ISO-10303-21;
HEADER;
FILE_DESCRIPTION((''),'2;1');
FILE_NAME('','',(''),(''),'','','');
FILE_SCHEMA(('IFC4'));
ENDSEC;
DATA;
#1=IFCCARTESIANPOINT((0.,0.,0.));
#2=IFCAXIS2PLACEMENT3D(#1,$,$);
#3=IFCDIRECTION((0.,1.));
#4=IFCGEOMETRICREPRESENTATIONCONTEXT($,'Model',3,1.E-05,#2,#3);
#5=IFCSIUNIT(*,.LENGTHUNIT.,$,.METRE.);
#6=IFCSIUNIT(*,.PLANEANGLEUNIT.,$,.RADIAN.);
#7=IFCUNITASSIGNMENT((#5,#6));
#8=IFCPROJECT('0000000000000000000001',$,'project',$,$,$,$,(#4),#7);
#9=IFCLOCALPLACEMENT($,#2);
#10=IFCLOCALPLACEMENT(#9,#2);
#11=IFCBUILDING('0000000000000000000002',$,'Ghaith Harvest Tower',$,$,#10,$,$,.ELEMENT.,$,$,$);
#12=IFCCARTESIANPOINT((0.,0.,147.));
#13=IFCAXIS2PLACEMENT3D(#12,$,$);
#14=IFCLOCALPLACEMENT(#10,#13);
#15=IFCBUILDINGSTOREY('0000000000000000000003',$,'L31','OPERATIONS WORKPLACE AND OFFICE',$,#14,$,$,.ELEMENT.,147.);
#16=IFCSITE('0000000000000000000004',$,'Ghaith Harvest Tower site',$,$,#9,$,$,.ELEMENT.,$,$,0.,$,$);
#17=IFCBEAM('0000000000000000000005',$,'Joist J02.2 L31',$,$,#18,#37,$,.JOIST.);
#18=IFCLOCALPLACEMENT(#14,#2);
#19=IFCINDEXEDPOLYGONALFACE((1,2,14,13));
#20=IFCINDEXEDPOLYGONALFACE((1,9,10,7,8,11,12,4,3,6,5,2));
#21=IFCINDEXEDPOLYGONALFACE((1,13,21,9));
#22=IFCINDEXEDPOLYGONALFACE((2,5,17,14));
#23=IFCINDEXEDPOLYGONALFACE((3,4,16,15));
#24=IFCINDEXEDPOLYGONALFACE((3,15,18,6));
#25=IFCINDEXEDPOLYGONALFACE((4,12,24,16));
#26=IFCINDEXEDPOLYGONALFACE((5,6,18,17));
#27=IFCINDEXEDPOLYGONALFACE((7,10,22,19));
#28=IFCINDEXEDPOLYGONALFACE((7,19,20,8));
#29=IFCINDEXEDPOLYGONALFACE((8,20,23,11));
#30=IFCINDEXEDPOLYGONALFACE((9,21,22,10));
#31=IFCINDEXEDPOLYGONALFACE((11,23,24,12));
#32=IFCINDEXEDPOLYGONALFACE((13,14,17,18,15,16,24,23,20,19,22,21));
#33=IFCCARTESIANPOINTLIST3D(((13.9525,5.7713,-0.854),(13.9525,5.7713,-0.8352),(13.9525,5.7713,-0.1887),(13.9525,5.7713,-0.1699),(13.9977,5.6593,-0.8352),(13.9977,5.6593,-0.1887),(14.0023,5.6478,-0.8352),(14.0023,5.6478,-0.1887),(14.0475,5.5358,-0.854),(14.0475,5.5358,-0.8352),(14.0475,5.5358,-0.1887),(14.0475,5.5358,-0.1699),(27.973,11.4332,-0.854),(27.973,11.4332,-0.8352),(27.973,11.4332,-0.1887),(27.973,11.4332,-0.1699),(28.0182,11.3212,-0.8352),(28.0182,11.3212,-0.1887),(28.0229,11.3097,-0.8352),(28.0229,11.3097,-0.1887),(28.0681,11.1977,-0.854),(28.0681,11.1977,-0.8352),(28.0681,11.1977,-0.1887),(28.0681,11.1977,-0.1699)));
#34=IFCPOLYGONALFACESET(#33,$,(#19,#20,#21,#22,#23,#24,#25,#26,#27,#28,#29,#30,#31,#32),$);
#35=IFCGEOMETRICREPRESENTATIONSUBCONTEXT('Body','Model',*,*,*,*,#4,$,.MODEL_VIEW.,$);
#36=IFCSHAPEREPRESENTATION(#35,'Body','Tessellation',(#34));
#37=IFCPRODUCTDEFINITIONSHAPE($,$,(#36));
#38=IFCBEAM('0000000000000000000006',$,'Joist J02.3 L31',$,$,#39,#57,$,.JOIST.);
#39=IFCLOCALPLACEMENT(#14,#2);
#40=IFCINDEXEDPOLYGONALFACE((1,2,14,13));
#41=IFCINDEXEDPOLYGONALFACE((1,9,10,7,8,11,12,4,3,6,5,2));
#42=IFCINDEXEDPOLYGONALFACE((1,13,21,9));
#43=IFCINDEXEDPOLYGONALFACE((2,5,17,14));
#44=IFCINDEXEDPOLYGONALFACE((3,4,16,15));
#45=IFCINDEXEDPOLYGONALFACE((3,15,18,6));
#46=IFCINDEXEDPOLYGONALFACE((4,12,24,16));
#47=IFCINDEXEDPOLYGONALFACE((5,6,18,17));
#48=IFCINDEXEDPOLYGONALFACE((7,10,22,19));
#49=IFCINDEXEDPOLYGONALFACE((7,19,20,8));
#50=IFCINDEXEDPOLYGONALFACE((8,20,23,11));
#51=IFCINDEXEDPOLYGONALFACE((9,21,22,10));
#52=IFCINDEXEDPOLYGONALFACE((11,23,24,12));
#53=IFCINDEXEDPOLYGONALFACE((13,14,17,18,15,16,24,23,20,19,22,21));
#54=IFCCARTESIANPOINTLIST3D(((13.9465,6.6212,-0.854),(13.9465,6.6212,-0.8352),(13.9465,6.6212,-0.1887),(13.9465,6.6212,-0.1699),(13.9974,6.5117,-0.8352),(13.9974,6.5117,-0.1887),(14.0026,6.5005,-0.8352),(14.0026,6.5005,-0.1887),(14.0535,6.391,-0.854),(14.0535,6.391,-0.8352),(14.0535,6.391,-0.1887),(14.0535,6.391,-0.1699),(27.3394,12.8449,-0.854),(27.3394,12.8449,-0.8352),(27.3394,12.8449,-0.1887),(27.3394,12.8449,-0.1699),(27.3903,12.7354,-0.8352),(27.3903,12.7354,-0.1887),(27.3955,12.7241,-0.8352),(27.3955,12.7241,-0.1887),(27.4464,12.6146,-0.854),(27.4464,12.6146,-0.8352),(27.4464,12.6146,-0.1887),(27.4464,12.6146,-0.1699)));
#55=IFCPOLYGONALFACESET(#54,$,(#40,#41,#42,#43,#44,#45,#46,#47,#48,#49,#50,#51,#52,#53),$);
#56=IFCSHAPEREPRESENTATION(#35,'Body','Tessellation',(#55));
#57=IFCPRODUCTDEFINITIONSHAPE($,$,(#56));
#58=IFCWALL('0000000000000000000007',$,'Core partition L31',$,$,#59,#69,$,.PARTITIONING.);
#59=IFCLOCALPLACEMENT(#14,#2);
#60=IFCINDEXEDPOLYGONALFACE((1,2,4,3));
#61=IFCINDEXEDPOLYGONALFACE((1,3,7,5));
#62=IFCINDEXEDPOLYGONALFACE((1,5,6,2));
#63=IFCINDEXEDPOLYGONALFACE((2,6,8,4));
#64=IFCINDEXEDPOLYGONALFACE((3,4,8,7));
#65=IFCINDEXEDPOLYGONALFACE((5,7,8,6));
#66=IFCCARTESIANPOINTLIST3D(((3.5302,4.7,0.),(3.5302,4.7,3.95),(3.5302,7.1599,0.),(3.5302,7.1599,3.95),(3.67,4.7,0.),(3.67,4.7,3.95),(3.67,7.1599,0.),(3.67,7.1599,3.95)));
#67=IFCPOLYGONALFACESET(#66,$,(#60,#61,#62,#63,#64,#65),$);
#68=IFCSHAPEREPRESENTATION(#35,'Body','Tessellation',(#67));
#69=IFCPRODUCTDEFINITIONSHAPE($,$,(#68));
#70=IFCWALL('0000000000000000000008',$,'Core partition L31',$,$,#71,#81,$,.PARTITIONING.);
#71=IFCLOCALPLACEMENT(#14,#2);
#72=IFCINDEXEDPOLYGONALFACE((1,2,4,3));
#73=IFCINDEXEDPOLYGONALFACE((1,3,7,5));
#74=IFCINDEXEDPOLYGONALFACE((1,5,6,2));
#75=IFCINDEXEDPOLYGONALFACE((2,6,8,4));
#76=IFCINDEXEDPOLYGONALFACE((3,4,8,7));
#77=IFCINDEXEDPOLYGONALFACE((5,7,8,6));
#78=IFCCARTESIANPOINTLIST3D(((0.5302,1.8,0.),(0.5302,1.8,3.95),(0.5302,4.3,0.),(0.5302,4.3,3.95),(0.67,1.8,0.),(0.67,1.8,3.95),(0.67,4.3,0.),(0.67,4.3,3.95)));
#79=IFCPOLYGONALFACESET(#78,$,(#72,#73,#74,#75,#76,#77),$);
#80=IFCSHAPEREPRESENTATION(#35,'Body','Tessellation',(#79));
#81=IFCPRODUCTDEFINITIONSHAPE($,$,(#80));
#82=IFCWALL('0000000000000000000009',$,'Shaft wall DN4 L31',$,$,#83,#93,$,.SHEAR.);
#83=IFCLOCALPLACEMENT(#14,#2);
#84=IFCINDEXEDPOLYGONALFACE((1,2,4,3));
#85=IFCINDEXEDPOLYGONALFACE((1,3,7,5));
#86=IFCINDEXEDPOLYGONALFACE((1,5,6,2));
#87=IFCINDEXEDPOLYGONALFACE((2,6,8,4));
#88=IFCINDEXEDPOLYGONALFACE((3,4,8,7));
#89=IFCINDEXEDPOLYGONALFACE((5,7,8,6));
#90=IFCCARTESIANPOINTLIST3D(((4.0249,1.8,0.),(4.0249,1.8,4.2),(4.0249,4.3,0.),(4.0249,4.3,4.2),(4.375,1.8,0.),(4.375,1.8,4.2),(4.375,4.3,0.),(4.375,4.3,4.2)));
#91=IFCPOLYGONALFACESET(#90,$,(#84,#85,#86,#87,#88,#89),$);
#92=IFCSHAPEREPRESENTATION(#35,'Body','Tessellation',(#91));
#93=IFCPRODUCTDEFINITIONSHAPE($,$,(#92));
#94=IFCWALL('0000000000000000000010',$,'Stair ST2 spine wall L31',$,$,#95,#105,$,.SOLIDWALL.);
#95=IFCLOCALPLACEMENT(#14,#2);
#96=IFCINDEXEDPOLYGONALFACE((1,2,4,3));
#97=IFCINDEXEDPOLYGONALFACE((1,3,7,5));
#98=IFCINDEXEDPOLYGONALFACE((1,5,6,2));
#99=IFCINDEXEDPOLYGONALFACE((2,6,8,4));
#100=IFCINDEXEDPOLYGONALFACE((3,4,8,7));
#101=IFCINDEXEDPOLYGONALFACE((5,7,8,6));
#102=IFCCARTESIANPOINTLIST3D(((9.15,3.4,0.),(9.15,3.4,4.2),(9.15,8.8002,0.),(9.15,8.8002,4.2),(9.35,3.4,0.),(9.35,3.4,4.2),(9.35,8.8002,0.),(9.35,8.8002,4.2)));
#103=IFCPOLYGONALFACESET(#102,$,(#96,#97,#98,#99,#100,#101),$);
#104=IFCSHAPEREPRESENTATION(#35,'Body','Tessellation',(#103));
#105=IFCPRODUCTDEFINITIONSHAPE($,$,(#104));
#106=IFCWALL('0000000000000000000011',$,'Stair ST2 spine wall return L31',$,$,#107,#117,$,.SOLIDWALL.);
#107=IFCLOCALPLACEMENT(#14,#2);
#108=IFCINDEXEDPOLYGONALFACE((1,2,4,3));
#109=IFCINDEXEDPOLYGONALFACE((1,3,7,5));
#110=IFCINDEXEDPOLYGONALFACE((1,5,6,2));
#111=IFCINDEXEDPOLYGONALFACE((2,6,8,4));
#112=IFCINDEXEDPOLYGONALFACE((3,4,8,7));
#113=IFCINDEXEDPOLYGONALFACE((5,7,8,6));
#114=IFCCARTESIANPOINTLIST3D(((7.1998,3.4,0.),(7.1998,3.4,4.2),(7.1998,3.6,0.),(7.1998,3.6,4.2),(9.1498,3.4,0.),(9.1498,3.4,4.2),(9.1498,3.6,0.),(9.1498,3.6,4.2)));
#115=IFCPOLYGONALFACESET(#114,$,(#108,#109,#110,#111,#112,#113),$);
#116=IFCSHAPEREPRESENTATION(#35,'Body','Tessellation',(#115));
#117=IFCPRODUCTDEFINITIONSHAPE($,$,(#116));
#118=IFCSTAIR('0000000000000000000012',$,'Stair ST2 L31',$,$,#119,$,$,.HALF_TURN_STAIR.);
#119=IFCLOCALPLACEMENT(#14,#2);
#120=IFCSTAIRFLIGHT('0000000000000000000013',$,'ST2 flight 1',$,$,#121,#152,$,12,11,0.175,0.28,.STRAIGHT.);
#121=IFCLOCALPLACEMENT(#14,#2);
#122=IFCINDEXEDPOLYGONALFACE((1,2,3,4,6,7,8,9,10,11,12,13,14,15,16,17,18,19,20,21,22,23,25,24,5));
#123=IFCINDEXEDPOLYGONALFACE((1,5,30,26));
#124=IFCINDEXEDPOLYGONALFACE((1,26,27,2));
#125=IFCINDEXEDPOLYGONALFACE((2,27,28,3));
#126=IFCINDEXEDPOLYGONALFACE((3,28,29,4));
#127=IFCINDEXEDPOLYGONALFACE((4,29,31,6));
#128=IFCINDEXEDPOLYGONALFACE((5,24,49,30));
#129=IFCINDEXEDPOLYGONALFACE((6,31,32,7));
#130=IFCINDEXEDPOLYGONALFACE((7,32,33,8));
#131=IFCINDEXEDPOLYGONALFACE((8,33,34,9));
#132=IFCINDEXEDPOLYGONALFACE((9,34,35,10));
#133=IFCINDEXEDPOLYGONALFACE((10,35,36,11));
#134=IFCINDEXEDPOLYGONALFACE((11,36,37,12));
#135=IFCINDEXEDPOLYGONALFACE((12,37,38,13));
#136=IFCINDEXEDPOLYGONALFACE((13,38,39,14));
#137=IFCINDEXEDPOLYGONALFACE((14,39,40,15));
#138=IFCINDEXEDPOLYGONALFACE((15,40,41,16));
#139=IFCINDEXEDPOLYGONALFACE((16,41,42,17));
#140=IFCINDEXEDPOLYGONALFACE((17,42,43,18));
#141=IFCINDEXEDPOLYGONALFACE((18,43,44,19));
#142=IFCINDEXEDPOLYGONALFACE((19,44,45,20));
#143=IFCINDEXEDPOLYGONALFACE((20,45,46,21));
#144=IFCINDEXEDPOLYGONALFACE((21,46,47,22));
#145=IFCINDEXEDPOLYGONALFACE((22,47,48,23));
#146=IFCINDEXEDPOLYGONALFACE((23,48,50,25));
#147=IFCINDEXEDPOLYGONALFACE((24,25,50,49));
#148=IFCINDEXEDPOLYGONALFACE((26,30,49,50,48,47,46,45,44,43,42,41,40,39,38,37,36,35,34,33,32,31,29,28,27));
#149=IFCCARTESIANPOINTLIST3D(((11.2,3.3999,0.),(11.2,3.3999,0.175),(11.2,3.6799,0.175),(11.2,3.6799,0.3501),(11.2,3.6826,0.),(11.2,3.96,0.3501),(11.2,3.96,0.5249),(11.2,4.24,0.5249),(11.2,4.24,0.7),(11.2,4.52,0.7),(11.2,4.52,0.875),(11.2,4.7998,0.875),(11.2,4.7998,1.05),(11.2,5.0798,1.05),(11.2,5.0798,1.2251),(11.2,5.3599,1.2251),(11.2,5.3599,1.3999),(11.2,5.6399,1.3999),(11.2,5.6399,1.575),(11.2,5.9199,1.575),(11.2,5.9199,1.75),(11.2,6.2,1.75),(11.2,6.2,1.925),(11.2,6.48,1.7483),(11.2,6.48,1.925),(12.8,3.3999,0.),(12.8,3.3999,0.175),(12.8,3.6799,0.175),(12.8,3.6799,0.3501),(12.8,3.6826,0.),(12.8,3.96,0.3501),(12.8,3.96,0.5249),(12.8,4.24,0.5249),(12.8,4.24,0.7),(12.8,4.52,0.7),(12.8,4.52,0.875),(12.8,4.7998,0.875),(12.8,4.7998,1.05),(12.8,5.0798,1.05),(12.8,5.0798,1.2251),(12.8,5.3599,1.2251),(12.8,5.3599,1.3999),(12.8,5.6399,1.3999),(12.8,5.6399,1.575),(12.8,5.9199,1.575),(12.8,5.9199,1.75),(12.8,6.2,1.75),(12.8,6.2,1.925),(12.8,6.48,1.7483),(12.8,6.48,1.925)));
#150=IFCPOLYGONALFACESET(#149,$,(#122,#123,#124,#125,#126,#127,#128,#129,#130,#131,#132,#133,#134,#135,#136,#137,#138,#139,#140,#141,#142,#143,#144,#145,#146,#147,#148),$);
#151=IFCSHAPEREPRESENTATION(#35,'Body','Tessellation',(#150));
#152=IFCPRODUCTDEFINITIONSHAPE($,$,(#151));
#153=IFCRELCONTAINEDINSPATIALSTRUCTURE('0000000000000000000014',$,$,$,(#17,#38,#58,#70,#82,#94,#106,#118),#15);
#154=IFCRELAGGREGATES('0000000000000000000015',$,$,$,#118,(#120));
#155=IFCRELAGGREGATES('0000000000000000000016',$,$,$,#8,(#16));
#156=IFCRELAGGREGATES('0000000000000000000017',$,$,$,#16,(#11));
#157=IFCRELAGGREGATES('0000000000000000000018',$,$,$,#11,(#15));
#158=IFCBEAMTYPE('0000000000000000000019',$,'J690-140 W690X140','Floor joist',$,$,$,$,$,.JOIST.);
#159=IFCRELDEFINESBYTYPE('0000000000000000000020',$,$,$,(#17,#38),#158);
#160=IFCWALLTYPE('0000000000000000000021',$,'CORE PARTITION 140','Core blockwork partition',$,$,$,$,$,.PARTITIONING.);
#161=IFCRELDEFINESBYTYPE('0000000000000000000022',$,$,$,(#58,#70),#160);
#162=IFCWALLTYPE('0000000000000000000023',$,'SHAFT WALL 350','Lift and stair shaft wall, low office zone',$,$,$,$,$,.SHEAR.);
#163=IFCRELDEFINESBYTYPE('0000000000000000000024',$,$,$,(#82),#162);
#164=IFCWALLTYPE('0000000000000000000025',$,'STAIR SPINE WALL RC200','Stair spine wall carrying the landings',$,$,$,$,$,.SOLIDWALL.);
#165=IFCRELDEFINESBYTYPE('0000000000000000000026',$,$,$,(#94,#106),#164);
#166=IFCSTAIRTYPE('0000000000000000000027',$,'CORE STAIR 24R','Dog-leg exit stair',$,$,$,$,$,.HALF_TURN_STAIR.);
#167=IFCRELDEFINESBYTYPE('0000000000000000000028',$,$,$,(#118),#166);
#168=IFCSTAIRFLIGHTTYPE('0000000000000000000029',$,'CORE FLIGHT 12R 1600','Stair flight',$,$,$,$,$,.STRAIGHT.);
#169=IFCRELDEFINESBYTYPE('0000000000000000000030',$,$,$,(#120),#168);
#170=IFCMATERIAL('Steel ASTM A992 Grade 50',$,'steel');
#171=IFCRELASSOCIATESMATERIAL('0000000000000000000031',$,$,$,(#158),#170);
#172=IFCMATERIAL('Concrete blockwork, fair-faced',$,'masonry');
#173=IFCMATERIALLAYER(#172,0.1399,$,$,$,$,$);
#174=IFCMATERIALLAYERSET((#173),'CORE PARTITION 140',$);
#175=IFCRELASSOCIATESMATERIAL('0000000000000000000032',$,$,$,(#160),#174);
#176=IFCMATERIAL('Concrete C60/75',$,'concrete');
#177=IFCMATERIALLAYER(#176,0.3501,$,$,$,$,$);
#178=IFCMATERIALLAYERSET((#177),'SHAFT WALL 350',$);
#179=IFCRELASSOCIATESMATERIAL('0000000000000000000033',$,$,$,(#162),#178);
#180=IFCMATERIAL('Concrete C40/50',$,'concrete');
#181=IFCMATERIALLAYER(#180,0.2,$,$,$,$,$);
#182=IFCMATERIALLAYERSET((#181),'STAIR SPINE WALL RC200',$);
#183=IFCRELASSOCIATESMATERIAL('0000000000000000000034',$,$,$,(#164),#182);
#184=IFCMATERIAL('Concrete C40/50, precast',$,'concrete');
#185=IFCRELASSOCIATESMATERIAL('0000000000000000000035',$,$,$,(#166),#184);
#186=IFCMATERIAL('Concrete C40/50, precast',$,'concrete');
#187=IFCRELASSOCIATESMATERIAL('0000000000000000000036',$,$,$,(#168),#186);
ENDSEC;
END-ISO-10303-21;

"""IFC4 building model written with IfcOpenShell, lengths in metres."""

from ifc_helpers import new_model, si_unit, direction, frame, frame_2d, origin, origin_2d, place, context, subcontext, project, spatial, polyline, rectangle, i_section, outline, extrude, material, layer, layer_set, material_profile, profile_set, type_object, element, aggregate, save


model = new_model("IFC4")

# Units and contexts
model_context = context("Model", 3, precision=1e-05, world=origin(), true_north=direction((0.0, 1.0)))
body_context = subcontext(model_context, "Body", "Model", "MODEL_VIEW")
ifc_project = project(units=[si_unit("LENGTHUNIT", "METRE"), si_unit("PLANEANGLEUNIT", "RADIAN")], contexts=[model_context])

# Site, building, storey
site_placement = place(None, origin())
site = spatial("IfcSite", under=ifc_project, at=site_placement, Name="Ghaith Harvest Tower site", CompositionType="ELEMENT", RefElevation=0.0)
building_placement = place(site_placement, origin())
building = spatial("IfcBuilding", under=site, at=building_placement, Name="Ghaith Harvest Tower", CompositionType="ELEMENT")
storey_placement = place(building_placement, frame((0.0, 0.0, 147.0)))
storey = spatial("IfcBuildingStorey", under=building, at=storey_placement, Name="L31", Description="OPERATIONS WORKPLACE AND OFFICE", CompositionType="ELEMENT", Elevation=147.0)

# Beams
ifc_material_1 = material(Name="Steel ASTM A992 Grade 50", Category="steel")
ifc_material_profile_1 = material_profile(ifc_material_1, i_section(OverallWidth=0.2539, OverallDepth=0.6841, WebThickness=0.0125, FlangeThickness=0.0188, at=origin_2d()), Name="W690X140")
ifc_profile_set_1 = profile_set([ifc_material_profile_1], Name="Steel ASTM A992 Grade 50")
beam_type_1 = type_object("IfcBeamType", Name="J690-140 W690X140", Description="Floor joist", PredefinedType="JOIST", material=ifc_profile_set_1)
beam_1_placement = place(storey_placement, frame((14.0, 5.6536, -0.512), z_axis=(0.927248, 0.374448, 0.0), x_axis=(-0.374448, 0.927248, 0.0)))
element("IfcBeam", 1, at=beam_1_placement, inside=storey, type_object=beam_type_1, Name="Joist J02.2 L31", PredefinedType="JOIST", context=body_context, shape_type="SweptSolid", body=[
    extrude(i_section(OverallWidth=0.2539, OverallDepth=0.6841, WebThickness=0.0125, FlangeThickness=0.0188, at=origin_2d()), origin(), (0.0, 0.0, 1.0), 15.1206),
])
beam_2_placement = place(storey_placement, frame((14.0, 6.5061, -0.512), z_axis=(0.906866, 0.42142, 0.0), x_axis=(-0.42142, 0.906866, 0.0)))
element("IfcBeam", 2, at=beam_2_placement, inside=storey, type_object=beam_type_1, Name="Joist J02.3 L31", PredefinedType="JOIST", context=body_context, shape_type="SweptSolid", body=[
    extrude(i_section(OverallWidth=0.2539, OverallDepth=0.6841, WebThickness=0.0125, FlangeThickness=0.0188, at=origin_2d()), origin(), (0.0, 0.0, 1.0), 14.7683),
])

# Walls
ifc_material_2 = material(Name="Concrete blockwork, fair-faced", Category="masonry")
ifc_layer_1 = layer(ifc_material_2, 0.1399)
ifc_layer_set_1 = layer_set([ifc_layer_1], Name="CORE PARTITION 140")
wall_type_1 = type_object("IfcWallType", Name="CORE PARTITION 140", Description="Core blockwork partition", PredefinedType="PARTITIONING", material=ifc_layer_set_1)
wall_1_placement = place(storey_placement, frame((3.6001, 4.7, 0.0), z_axis=(0.0, 0.0, 1.0), x_axis=(0.0, 1.0, 0.0)))
element("IfcWall", 3, at=wall_1_placement, inside=storey, type_object=wall_type_1, Name="Core partition L31", PredefinedType="PARTITIONING", context=body_context, shape_type="SweptSolid", body=[
    extrude(rectangle(XDim=2.46, YDim=0.1399, at=frame_2d((1.23, 0.0))), origin(), (0.0, 0.0, 1.0), 3.95),
])
wall_2_placement = place(storey_placement, frame((0.6001, 1.8, 0.0), z_axis=(0.0, 0.0, 1.0), x_axis=(0.0, 1.0, 0.0)))
element("IfcWall", 4, at=wall_2_placement, inside=storey, type_object=wall_type_1, Name="Core partition L31", PredefinedType="PARTITIONING", context=body_context, shape_type="SweptSolid", body=[
    extrude(rectangle(XDim=2.5, YDim=0.1399, at=frame_2d((1.25, 0.0))), origin(), (0.0, 0.0, 1.0), 3.95),
])

# Shared definitions
ifc_material_3 = material(Name="Concrete C60/75", Category="concrete")
ifc_layer_2 = layer(ifc_material_3, 0.3501)
ifc_layer_set_2 = layer_set([ifc_layer_2], Name="SHAFT WALL 350")
wall_type_2 = type_object("IfcWallType", Name="SHAFT WALL 350", Description="Lift and stair shaft wall, low office zone", PredefinedType="SHEAR", material=ifc_layer_set_2)

# Walls
wall_3_placement = place(storey_placement, frame((4.2, 1.8, 0.0), z_axis=(0.0, 0.0, 1.0), x_axis=(0.0, 1.0, 0.0)))
element("IfcWall", 5, at=wall_3_placement, inside=storey, type_object=wall_type_2, Name="Shaft wall DN4 L31", PredefinedType="SHEAR", context=body_context, shape_type="SweptSolid", body=[
    extrude(rectangle(XDim=2.5, YDim=0.3501, at=frame_2d((1.25, 0.0))), origin(), (0.0, 0.0, 1.0), 4.2),
])
ifc_material_4 = material(Name="Concrete C40/50", Category="concrete")
ifc_layer_3 = layer(ifc_material_4, 0.2)
ifc_layer_set_3 = layer_set([ifc_layer_3], Name="STAIR SPINE WALL RC200")
wall_type_3 = type_object("IfcWallType", Name="STAIR SPINE WALL RC200", Description="Stair spine wall carrying the landings", PredefinedType="SOLIDWALL", material=ifc_layer_set_3)
wall_4_placement = place(storey_placement, frame((9.25, 3.3999, 0.0), z_axis=(0.0, 0.0, 1.0), x_axis=(0.0, 1.0, 0.0)))
element("IfcWall", 6, at=wall_4_placement, inside=storey, type_object=wall_type_3, Name="Stair ST2 spine wall L31", PredefinedType="SOLIDWALL", context=body_context, shape_type="SweptSolid", body=[
    extrude(rectangle(XDim=5.4001, YDim=0.2, at=frame_2d((2.7002, 0.0))), origin(), (0.0, 0.0, 1.0), 4.2),
])
wall_5_placement = place(storey_placement, frame((9.1499, 3.5, 0.0), z_axis=(0.0, 0.0, 1.0), x_axis=(-1.0, 0.0, 0.0)))
element("IfcWall", 7, at=wall_5_placement, inside=storey, type_object=wall_type_3, Name="Stair ST2 spine wall return L31", PredefinedType="SOLIDWALL", context=body_context, shape_type="SweptSolid", body=[
    extrude(rectangle(XDim=1.95, YDim=0.2, at=frame_2d((0.9751, 0.0))), origin(), (0.0, 0.0, 1.0), 4.2),
])

# Stair, stair flight
ifc_material_5 = material(Name="Concrete C40/50, precast", Category="concrete")
stair_type = type_object("IfcStairType", Name="CORE STAIR 24R", Description="Dog-leg exit stair", PredefinedType="HALF_TURN_STAIR", material=ifc_material_5)
stair_placement = place(storey_placement, origin())
stair = element("IfcStair", 8, at=stair_placement, inside=storey, type_object=stair_type, Name="Stair ST2 L31", PredefinedType="HALF_TURN_STAIR")
ifc_material_6 = material(Name="Concrete C40/50, precast", Category="concrete")
stair_flight_type = type_object("IfcStairFlightType", Name="CORE FLIGHT 12R 1600", Description="Stair flight", PredefinedType="STRAIGHT", material=ifc_material_6)
stair_flight_1_placement = place(storey_placement, frame((12.0, 3.3999, 0.0), z_axis=(0.0, 0.0, 1.0), x_axis=(0.0, 1.0, 0.0)))
stair_flight_1 = element("IfcStairFlight", 9, at=stair_flight_1_placement, type_object=stair_flight_type, Name="ST2 flight 1", NumberOfRisers=12, NumberOfTreads=11, PredefinedType="STRAIGHT", RiserHeight=0.175, TreadLength=0.28, context=body_context, shape_type="SweptSolid", body=[
    extrude(outline(polyline([(0.0, 0.0), (0.0, 0.175), (0.28, 0.175), (0.28, 0.3501), (0.5601, 0.3501), (0.5601, 0.5249), (0.8401, 0.5249), (0.8401, 0.7), (1.1201, 0.7), (1.1201, 0.875), (1.3999, 0.875), (1.3999, 1.05), (1.6799, 1.05), (1.6799, 1.2251), (1.96, 1.2251), (1.96, 1.3999), (2.24, 1.3999), (2.24, 1.575), (2.52, 1.575), (2.52, 1.75), (2.8, 1.75), (2.8, 1.925), (3.0801, 1.925), (3.0801, 2.1001), (3.0801, 1.7483), (0.2827, 0.0), (0.0, 0.0)])), frame((0.0, 0.8, 0.0), z_axis=(0.0, -1.0, 0.0), x_axis=(1.0, 0.0, 0.0)), (0.0, 0.0, 1.0), 1.6001),
])
aggregate(stair, [stair_flight_1])

save(model, "model.ifc")
